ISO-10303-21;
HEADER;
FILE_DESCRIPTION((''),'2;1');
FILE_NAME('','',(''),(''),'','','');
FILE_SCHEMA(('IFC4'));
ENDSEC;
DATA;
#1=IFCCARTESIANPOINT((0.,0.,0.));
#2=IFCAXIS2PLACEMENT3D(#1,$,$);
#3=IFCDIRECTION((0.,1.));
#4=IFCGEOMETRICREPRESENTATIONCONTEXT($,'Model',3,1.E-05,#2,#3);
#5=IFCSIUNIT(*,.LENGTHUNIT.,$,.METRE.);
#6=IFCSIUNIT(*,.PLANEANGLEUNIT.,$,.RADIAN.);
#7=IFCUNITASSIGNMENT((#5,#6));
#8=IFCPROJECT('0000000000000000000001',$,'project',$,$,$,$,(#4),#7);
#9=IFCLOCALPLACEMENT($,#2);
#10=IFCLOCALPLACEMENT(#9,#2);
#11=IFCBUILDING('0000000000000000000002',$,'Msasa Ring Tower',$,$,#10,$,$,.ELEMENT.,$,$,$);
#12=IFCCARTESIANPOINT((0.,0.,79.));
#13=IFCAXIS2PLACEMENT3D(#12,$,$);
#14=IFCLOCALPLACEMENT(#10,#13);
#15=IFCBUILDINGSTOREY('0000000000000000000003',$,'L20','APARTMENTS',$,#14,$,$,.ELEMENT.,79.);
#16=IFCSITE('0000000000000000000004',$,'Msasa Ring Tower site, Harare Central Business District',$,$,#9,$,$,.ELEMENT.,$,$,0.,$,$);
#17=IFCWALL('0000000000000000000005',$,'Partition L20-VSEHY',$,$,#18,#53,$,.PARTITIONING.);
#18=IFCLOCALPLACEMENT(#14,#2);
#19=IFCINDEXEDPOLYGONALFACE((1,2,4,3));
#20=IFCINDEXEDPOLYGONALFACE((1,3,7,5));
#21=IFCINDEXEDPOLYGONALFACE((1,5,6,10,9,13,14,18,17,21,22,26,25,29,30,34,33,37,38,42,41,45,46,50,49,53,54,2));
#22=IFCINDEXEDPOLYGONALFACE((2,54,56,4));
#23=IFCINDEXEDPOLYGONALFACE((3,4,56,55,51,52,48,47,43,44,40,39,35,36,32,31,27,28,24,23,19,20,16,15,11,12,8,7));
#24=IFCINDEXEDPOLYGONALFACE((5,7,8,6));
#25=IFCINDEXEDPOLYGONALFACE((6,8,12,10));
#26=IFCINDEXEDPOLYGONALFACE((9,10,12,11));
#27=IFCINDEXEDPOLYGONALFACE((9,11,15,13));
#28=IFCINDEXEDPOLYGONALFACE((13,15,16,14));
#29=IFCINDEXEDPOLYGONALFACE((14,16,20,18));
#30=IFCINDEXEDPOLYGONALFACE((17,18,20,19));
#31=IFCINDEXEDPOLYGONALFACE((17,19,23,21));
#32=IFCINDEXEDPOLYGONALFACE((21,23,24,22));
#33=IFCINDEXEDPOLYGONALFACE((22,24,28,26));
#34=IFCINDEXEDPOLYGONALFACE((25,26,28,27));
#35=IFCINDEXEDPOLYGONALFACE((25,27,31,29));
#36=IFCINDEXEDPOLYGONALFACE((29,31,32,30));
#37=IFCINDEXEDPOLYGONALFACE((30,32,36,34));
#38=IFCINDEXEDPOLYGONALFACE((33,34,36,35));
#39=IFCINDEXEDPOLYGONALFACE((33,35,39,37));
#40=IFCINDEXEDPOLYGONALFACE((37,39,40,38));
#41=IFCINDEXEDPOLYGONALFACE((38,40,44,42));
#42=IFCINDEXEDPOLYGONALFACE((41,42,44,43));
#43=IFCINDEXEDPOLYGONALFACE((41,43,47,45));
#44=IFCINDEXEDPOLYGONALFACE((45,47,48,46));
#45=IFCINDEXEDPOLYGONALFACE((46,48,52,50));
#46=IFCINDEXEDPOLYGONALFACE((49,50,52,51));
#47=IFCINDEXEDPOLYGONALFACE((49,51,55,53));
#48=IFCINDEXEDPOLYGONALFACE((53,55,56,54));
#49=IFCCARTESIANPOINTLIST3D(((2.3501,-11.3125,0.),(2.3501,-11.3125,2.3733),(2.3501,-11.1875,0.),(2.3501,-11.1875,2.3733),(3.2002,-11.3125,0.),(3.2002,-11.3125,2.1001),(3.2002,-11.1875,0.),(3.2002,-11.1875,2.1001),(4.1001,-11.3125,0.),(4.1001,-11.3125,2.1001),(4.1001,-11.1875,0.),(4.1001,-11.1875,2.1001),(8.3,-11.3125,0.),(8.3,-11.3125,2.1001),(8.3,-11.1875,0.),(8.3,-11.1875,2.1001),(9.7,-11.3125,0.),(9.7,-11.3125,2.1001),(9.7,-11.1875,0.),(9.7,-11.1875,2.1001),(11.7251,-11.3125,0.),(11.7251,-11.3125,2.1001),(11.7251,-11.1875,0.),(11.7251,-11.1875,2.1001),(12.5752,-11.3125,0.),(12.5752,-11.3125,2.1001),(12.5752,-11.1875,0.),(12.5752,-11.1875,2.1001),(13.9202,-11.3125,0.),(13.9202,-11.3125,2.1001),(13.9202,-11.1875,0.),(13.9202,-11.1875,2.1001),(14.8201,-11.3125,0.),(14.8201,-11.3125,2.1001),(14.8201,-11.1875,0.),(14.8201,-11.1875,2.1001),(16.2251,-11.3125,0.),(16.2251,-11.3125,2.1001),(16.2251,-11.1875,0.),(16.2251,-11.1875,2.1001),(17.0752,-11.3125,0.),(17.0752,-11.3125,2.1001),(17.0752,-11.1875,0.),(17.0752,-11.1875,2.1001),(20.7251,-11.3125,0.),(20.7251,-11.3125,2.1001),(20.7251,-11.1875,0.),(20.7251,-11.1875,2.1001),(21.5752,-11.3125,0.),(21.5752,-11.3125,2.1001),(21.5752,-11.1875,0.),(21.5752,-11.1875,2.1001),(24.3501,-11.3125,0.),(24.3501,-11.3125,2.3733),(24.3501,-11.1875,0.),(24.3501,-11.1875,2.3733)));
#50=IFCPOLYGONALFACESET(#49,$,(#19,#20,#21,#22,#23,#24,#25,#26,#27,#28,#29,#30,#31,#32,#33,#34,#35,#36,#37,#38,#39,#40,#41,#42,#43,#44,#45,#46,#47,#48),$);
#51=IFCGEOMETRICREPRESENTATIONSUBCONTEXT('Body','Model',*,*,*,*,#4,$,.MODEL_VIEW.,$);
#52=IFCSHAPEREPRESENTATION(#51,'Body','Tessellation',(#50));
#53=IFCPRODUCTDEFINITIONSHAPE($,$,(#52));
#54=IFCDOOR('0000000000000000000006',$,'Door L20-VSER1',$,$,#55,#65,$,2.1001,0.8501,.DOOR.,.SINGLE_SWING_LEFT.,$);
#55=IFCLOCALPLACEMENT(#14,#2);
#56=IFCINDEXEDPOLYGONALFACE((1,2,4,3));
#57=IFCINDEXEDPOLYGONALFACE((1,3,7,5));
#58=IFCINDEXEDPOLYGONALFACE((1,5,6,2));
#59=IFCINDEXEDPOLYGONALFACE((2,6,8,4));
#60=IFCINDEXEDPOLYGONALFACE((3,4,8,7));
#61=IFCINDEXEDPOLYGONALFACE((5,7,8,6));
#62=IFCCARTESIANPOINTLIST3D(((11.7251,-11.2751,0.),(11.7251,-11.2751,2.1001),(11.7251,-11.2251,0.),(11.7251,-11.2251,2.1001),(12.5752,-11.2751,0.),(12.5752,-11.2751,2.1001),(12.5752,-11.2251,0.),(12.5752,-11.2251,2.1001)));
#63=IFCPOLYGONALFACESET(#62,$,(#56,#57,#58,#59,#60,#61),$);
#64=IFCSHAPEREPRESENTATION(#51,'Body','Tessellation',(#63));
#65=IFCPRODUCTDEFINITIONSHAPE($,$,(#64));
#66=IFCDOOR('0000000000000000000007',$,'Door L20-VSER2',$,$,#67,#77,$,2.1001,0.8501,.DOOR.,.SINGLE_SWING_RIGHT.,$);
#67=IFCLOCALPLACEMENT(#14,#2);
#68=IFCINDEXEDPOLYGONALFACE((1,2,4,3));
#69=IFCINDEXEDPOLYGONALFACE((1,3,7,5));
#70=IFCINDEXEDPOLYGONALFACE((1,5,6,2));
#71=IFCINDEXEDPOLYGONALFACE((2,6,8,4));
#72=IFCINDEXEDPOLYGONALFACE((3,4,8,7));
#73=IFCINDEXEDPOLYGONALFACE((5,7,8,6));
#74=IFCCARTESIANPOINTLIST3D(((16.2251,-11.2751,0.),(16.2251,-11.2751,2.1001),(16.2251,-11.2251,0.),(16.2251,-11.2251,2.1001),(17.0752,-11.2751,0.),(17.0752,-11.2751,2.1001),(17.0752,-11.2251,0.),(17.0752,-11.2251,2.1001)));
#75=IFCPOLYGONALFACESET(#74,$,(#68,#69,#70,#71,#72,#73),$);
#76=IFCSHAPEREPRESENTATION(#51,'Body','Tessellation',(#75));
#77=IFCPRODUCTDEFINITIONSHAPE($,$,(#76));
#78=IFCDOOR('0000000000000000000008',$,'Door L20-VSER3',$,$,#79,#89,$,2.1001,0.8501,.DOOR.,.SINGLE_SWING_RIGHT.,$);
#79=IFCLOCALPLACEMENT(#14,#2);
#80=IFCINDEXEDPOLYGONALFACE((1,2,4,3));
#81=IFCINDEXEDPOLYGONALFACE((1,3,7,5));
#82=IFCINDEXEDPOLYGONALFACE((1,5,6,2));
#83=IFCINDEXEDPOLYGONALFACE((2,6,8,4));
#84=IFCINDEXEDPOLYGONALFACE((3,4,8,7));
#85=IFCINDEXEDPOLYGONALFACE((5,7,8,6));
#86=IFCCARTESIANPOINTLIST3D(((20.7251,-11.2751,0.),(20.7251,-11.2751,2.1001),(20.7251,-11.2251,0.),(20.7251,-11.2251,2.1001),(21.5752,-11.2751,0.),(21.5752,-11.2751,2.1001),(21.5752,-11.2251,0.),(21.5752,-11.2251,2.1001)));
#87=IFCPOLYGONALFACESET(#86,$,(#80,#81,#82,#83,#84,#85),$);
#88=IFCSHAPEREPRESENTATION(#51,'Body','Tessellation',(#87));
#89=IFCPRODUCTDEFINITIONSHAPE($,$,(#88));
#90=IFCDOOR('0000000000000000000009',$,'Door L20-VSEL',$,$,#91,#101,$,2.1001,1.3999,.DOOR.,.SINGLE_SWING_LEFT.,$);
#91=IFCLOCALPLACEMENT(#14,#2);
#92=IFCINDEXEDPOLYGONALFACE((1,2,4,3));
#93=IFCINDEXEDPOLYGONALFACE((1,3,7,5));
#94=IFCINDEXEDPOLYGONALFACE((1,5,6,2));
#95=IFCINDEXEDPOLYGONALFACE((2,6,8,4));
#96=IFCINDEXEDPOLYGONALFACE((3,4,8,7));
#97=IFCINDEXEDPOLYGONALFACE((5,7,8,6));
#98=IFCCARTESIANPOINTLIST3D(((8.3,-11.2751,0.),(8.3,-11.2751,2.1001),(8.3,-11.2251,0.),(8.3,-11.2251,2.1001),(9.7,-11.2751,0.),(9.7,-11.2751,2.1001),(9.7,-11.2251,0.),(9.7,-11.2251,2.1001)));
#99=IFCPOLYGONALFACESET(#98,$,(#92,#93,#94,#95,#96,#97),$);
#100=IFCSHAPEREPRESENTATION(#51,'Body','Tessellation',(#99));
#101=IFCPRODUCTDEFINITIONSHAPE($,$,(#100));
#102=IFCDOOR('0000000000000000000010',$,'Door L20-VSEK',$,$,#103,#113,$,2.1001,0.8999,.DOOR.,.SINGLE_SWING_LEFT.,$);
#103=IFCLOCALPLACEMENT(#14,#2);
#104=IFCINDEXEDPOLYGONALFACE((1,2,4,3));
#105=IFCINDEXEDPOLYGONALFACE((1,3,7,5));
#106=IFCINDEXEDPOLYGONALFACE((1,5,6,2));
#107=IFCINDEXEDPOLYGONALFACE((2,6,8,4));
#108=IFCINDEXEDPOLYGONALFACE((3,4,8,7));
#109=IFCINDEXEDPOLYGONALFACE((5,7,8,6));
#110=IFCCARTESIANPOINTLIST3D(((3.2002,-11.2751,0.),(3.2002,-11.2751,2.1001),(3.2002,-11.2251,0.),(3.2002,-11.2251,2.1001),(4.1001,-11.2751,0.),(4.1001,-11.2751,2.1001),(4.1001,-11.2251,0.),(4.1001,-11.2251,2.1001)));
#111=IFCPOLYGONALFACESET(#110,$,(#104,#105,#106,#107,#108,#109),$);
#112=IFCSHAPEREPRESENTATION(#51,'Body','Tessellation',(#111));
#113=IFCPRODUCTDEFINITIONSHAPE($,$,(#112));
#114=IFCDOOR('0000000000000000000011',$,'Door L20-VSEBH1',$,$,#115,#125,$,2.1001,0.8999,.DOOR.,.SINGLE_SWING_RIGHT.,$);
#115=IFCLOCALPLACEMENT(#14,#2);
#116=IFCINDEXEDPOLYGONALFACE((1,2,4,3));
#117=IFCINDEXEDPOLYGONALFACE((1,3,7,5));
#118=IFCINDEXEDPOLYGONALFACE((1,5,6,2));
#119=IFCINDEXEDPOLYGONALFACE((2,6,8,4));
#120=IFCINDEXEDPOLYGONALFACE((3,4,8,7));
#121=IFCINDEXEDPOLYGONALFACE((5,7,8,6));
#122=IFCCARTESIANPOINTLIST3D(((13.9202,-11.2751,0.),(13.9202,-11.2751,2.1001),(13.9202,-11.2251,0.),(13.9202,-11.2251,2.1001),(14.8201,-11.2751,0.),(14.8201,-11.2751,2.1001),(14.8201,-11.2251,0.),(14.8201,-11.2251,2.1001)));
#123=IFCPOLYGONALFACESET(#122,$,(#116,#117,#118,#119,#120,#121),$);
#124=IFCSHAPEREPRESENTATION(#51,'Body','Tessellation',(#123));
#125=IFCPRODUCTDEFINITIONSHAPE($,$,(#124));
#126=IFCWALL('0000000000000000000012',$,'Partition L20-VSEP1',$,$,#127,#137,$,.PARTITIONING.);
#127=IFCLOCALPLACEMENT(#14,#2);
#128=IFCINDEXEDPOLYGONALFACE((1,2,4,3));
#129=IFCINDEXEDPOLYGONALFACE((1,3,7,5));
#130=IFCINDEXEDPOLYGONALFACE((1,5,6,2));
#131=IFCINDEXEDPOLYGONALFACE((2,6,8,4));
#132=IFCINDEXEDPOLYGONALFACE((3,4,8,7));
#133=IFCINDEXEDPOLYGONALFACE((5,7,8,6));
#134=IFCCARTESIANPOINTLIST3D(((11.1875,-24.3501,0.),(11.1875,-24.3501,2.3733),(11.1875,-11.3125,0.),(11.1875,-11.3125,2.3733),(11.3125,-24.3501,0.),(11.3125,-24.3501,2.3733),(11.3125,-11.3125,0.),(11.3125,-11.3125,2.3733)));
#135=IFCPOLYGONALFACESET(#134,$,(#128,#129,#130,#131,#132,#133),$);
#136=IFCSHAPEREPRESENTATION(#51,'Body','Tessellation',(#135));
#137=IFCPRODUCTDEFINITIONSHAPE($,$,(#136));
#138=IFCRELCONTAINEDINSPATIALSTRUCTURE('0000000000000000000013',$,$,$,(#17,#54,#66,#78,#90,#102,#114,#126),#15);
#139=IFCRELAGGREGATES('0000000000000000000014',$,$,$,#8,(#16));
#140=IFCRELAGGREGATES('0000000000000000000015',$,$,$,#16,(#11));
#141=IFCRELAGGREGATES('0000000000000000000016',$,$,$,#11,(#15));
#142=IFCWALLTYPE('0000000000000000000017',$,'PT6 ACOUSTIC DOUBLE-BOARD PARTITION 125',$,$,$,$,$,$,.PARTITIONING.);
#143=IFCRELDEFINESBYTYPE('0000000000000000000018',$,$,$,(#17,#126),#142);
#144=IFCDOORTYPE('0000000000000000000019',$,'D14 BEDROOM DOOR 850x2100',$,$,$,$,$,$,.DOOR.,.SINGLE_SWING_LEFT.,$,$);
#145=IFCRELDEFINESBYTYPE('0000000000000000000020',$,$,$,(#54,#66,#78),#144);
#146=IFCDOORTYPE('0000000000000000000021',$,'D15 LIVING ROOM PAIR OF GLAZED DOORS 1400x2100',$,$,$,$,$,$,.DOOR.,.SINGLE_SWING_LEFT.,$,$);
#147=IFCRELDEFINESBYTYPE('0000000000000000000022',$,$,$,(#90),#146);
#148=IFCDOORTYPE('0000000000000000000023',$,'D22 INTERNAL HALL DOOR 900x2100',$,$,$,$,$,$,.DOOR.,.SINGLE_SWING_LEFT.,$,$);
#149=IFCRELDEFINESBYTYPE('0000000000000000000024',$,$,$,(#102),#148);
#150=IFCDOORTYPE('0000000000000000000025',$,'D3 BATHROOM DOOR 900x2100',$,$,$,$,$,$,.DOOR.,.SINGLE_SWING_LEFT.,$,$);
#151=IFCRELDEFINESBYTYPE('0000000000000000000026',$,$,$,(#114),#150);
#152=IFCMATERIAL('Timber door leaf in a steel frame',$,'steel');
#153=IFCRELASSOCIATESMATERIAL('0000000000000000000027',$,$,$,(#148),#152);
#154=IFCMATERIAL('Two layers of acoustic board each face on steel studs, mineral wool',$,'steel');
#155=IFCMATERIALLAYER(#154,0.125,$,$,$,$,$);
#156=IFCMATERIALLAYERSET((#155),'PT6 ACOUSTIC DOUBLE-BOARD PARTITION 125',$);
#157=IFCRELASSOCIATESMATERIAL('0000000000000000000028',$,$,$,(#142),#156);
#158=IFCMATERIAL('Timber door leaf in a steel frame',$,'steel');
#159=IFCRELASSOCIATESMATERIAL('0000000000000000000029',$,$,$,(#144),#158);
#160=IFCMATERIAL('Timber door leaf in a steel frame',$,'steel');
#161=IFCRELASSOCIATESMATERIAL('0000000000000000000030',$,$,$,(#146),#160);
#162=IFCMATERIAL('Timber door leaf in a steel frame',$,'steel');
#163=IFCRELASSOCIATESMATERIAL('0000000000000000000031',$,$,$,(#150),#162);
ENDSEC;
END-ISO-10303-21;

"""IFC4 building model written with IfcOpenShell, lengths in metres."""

from ifc_helpers import new_model, si_unit, direction, frame, frame_2d, origin, place, context, subcontext, project, spatial, rectangle, extrude, material, layer, layer_set, type_object, element, fill, save


model = new_model("IFC4")

# Units and contexts
model_context = context("Model", 3, precision=1e-05, world=origin(), true_north=direction((0.0, 1.0)))
body_context = subcontext(model_context, "Body", "Model", "MODEL_VIEW")
ifc_project = project(units=[si_unit("LENGTHUNIT", "METRE"), si_unit("PLANEANGLEUNIT", "RADIAN")], contexts=[model_context])

# Site, building, storey
site_placement = place(None, origin())
site = spatial("IfcSite", under=ifc_project, at=site_placement, Name="Msasa Ring Tower site, Harare Central Business District", CompositionType="ELEMENT", RefElevation=0.0)
building_placement = place(site_placement, origin())
building = spatial("IfcBuilding", under=site, at=building_placement, Name="Msasa Ring Tower", CompositionType="ELEMENT")
storey_placement = place(building_placement, frame((0.0, 0.0, 79.0)))
storey = spatial("IfcBuildingStorey", under=building, at=storey_placement, Name="L20", Description="APARTMENTS", CompositionType="ELEMENT", Elevation=79.0)

# Shared definitions
ifc_material_1 = material(Name="Timber door leaf in a steel frame", Category="steel")
door_type_1 = type_object("IfcDoorType", Name="D22 INTERNAL HALL DOOR 900x2100", OperationType="SINGLE_SWING_LEFT", PredefinedType="DOOR", material=ifc_material_1)

# Wall, openings, doors
ifc_material_2 = material(Name="Two layers of acoustic board each face on steel studs, mineral wool", Category="steel")
ifc_layer_1 = layer(ifc_material_2, 0.125)
ifc_layer_set_1 = layer_set([ifc_layer_1], Name="PT6 ACOUSTIC DOUBLE-BOARD PARTITION 125")
wall_type_1 = type_object("IfcWallType", Name="PT6 ACOUSTIC DOUBLE-BOARD PARTITION 125", PredefinedType="PARTITIONING", material=ifc_layer_set_1)
wall_1_placement = place(storey_placement, frame((2.3501, -11.25, 0.0), z_axis=(0.0, 0.0, 1.0), x_axis=(1.0, 0.0, 0.0)))
wall_1 = element("IfcWall", 1, at=wall_1_placement, inside=storey, type_object=wall_type_1, Name="Partition L20-VSEHY", PredefinedType="PARTITIONING", context=body_context, shape_type="SweptSolid", body=[
    extrude(rectangle(XDim=22.0, YDim=0.125, at=frame_2d((11.0, 0.0))), origin(), (0.0, 0.0, 1.0), 2.3733),
])
opening_1_placement = place(wall_1_placement, frame((0.8501, 0.0, 0.0)))
opening_1 = element("IfcOpeningElement", 2, at=opening_1_placement, cuts=wall_1, PredefinedType="OPENING", context=body_context, shape_type="SweptSolid", body=[
    extrude(rectangle(XDim=0.8999, YDim=2.1001, at=frame_2d((0.45, 1.05))), frame((0.0, 0.0725, 0.0), z_axis=(0.0, -1.0, 0.0), x_axis=(1.0, 0.0, 0.0)), (0.0, 0.0, 1.0), 0.145),
])
opening_2_placement = place(wall_1_placement, frame((5.95, 0.0, 0.0)))
opening_2 = element("IfcOpeningElement", 3, at=opening_2_placement, cuts=wall_1, PredefinedType="OPENING", context=body_context, shape_type="SweptSolid", body=[
    extrude(rectangle(XDim=1.3999, YDim=2.1001, at=frame_2d((0.7, 1.05))), frame((0.0, 0.0725, 0.0), z_axis=(0.0, -1.0, 0.0), x_axis=(1.0, 0.0, 0.0)), (0.0, 0.0, 1.0), 0.145),
])
opening_3_placement = place(wall_1_placement, frame((9.375, 0.0, 0.0)))
opening_3 = element("IfcOpeningElement", 4, at=opening_3_placement, cuts=wall_1, PredefinedType="OPENING", context=body_context, shape_type="SweptSolid", body=[
    extrude(rectangle(XDim=0.8501, YDim=2.1001, at=frame_2d((0.425, 1.05))), frame((0.0, 0.0725, 0.0), z_axis=(0.0, -1.0, 0.0), x_axis=(1.0, 0.0, 0.0)), (0.0, 0.0, 1.0), 0.145),
])
opening_4_placement = place(wall_1_placement, frame((11.5701, 0.0, 0.0)))
opening_4 = element("IfcOpeningElement", 5, at=opening_4_placement, cuts=wall_1, PredefinedType="OPENING", context=body_context, shape_type="SweptSolid", body=[
    extrude(rectangle(XDim=0.8999, YDim=2.1001, at=frame_2d((0.45, 1.05))), frame((0.0, 0.0725, 0.0), z_axis=(0.0, -1.0, 0.0), x_axis=(1.0, 0.0, 0.0)), (0.0, 0.0, 1.0), 0.145),
])
opening_5_placement = place(wall_1_placement, frame((13.875, 0.0, 0.0)))
opening_5 = element("IfcOpeningElement", 6, at=opening_5_placement, cuts=wall_1, PredefinedType="OPENING", context=body_context, shape_type="SweptSolid", body=[
    extrude(rectangle(XDim=0.8501, YDim=2.1001, at=frame_2d((0.425, 1.05))), frame((0.0, 0.0725, 0.0), z_axis=(0.0, -1.0, 0.0), x_axis=(1.0, 0.0, 0.0)), (0.0, 0.0, 1.0), 0.145),
])
opening_6_placement = place(wall_1_placement, frame((18.375, 0.0, 0.0)))
opening_6 = element("IfcOpeningElement", 7, at=opening_6_placement, cuts=wall_1, PredefinedType="OPENING", context=body_context, shape_type="SweptSolid", body=[
    extrude(rectangle(XDim=0.8501, YDim=2.1001, at=frame_2d((0.425, 1.05))), frame((0.0, 0.0725, 0.0), z_axis=(0.0, -1.0, 0.0), x_axis=(1.0, 0.0, 0.0)), (0.0, 0.0, 1.0), 0.145),
])
ifc_material_3 = material(Name="Timber door leaf in a steel frame", Category="steel")
door_type_2 = type_object("IfcDoorType", Name="D14 BEDROOM DOOR 850x2100", OperationType="SINGLE_SWING_LEFT", PredefinedType="DOOR", material=ifc_material_3)
door_1_placement = place(opening_3_placement, origin())
door_1 = element("IfcDoor", 8, at=door_1_placement, inside=storey, type_object=door_type_2, Name="Door L20-VSER1", OperationType="SINGLE_SWING_LEFT", OverallHeight=2.1001, OverallWidth=0.8501, PredefinedType="DOOR", context=body_context, shape_type="SweptSolid", body=[
    extrude(rectangle(XDim=0.8501, YDim=2.1001, at=frame_2d((0.425, 1.05))), frame((0.0, 0.0249, 0.0), z_axis=(0.0, -1.0, 0.0), x_axis=(1.0, 0.0, 0.0)), (0.0, 0.0, 1.0), 0.05),
])
fill(opening_3, door_1)
door_2_placement = place(opening_5_placement, origin())
door_2 = element("IfcDoor", 9, at=door_2_placement, inside=storey, type_object=door_type_2, Name="Door L20-VSER2", OperationType="SINGLE_SWING_RIGHT", OverallHeight=2.1001, OverallWidth=0.8501, PredefinedType="DOOR", context=body_context, shape_type="SweptSolid", body=[
    extrude(rectangle(XDim=0.8501, YDim=2.1001, at=frame_2d((0.425, 1.05))), frame((0.0, 0.0249, 0.0), z_axis=(0.0, -1.0, 0.0), x_axis=(1.0, 0.0, 0.0)), (0.0, 0.0, 1.0), 0.05),
])
fill(opening_5, door_2)
door_3_placement = place(opening_6_placement, origin())
door_3 = element("IfcDoor", 10, at=door_3_placement, inside=storey, type_object=door_type_2, Name="Door L20-VSER3", OperationType="SINGLE_SWING_RIGHT", OverallHeight=2.1001, OverallWidth=0.8501, PredefinedType="DOOR", context=body_context, shape_type="SweptSolid", body=[
    extrude(rectangle(XDim=0.8501, YDim=2.1001, at=frame_2d((0.425, 1.05))), frame((0.0, 0.0249, 0.0), z_axis=(0.0, -1.0, 0.0), x_axis=(1.0, 0.0, 0.0)), (0.0, 0.0, 1.0), 0.05),
])
fill(opening_6, door_3)
ifc_material_4 = material(Name="Timber door leaf in a steel frame", Category="steel")
door_type_3 = type_object("IfcDoorType", Name="D15 LIVING ROOM PAIR OF GLAZED DOORS 1400x2100", OperationType="SINGLE_SWING_LEFT", PredefinedType="DOOR", material=ifc_material_4)
door_4_placement = place(opening_2_placement, origin())
door_4 = element("IfcDoor", 11, at=door_4_placement, inside=storey, type_object=door_type_3, Name="Door L20-VSEL", OperationType="SINGLE_SWING_LEFT", OverallHeight=2.1001, OverallWidth=1.3999, PredefinedType="DOOR", context=body_context, shape_type="SweptSolid", body=[
    extrude(rectangle(XDim=1.3999, YDim=2.1001, at=frame_2d((0.7, 1.05))), frame((0.0, 0.0249, 0.0), z_axis=(0.0, -1.0, 0.0), x_axis=(1.0, 0.0, 0.0)), (0.0, 0.0, 1.0), 0.05),
])
fill(opening_2, door_4)
door_5_placement = place(opening_1_placement, origin())
door_5 = element("IfcDoor", 12, at=door_5_placement, inside=storey, type_object=door_type_1, Name="Door L20-VSEK", OperationType="SINGLE_SWING_LEFT", OverallHeight=2.1001, OverallWidth=0.8999, PredefinedType="DOOR", context=body_context, shape_type="SweptSolid", body=[
    extrude(rectangle(XDim=0.8999, YDim=2.1001, at=frame_2d((0.45, 1.05))), frame((0.0, 0.0249, 0.0), z_axis=(0.0, -1.0, 0.0), x_axis=(1.0, 0.0, 0.0)), (0.0, 0.0, 1.0), 0.05),
])
fill(opening_1, door_5)
ifc_material_5 = material(Name="Timber door leaf in a steel frame", Category="steel")
door_type_4 = type_object("IfcDoorType", Name="D3 BATHROOM DOOR 900x2100", OperationType="SINGLE_SWING_LEFT", PredefinedType="DOOR", material=ifc_material_5)
door_6_placement = place(opening_4_placement, origin())
door_6 = element("IfcDoor", 13, at=door_6_placement, inside=storey, type_object=door_type_4, Name="Door L20-VSEBH1", OperationType="SINGLE_SWING_RIGHT", OverallHeight=2.1001, OverallWidth=0.8999, PredefinedType="DOOR", context=body_context, shape_type="SweptSolid", body=[
    extrude(rectangle(XDim=0.8999, YDim=2.1001, at=frame_2d((0.45, 1.05))), frame((0.0, 0.0249, 0.0), z_axis=(0.0, -1.0, 0.0), x_axis=(1.0, 0.0, 0.0)), (0.0, 0.0, 1.0), 0.05),
])
fill(opening_4, door_6)

# Wall
wall_2_placement = place(storey_placement, frame((11.25, -24.3501, 0.0), z_axis=(0.0, 0.0, 1.0), x_axis=(0.0, 1.0, 0.0)))
element("IfcWall", 14, at=wall_2_placement, inside=storey, type_object=wall_type_1, Name="Partition L20-VSEP1", PredefinedType="PARTITIONING", context=body_context, shape_type="SweptSolid", body=[
    extrude(rectangle(XDim=13.0376, YDim=0.125, at=frame_2d((6.5188, 0.0))), origin(), (0.0, 0.0, 1.0), 2.3733),
])

save(model, "model.ifc")
